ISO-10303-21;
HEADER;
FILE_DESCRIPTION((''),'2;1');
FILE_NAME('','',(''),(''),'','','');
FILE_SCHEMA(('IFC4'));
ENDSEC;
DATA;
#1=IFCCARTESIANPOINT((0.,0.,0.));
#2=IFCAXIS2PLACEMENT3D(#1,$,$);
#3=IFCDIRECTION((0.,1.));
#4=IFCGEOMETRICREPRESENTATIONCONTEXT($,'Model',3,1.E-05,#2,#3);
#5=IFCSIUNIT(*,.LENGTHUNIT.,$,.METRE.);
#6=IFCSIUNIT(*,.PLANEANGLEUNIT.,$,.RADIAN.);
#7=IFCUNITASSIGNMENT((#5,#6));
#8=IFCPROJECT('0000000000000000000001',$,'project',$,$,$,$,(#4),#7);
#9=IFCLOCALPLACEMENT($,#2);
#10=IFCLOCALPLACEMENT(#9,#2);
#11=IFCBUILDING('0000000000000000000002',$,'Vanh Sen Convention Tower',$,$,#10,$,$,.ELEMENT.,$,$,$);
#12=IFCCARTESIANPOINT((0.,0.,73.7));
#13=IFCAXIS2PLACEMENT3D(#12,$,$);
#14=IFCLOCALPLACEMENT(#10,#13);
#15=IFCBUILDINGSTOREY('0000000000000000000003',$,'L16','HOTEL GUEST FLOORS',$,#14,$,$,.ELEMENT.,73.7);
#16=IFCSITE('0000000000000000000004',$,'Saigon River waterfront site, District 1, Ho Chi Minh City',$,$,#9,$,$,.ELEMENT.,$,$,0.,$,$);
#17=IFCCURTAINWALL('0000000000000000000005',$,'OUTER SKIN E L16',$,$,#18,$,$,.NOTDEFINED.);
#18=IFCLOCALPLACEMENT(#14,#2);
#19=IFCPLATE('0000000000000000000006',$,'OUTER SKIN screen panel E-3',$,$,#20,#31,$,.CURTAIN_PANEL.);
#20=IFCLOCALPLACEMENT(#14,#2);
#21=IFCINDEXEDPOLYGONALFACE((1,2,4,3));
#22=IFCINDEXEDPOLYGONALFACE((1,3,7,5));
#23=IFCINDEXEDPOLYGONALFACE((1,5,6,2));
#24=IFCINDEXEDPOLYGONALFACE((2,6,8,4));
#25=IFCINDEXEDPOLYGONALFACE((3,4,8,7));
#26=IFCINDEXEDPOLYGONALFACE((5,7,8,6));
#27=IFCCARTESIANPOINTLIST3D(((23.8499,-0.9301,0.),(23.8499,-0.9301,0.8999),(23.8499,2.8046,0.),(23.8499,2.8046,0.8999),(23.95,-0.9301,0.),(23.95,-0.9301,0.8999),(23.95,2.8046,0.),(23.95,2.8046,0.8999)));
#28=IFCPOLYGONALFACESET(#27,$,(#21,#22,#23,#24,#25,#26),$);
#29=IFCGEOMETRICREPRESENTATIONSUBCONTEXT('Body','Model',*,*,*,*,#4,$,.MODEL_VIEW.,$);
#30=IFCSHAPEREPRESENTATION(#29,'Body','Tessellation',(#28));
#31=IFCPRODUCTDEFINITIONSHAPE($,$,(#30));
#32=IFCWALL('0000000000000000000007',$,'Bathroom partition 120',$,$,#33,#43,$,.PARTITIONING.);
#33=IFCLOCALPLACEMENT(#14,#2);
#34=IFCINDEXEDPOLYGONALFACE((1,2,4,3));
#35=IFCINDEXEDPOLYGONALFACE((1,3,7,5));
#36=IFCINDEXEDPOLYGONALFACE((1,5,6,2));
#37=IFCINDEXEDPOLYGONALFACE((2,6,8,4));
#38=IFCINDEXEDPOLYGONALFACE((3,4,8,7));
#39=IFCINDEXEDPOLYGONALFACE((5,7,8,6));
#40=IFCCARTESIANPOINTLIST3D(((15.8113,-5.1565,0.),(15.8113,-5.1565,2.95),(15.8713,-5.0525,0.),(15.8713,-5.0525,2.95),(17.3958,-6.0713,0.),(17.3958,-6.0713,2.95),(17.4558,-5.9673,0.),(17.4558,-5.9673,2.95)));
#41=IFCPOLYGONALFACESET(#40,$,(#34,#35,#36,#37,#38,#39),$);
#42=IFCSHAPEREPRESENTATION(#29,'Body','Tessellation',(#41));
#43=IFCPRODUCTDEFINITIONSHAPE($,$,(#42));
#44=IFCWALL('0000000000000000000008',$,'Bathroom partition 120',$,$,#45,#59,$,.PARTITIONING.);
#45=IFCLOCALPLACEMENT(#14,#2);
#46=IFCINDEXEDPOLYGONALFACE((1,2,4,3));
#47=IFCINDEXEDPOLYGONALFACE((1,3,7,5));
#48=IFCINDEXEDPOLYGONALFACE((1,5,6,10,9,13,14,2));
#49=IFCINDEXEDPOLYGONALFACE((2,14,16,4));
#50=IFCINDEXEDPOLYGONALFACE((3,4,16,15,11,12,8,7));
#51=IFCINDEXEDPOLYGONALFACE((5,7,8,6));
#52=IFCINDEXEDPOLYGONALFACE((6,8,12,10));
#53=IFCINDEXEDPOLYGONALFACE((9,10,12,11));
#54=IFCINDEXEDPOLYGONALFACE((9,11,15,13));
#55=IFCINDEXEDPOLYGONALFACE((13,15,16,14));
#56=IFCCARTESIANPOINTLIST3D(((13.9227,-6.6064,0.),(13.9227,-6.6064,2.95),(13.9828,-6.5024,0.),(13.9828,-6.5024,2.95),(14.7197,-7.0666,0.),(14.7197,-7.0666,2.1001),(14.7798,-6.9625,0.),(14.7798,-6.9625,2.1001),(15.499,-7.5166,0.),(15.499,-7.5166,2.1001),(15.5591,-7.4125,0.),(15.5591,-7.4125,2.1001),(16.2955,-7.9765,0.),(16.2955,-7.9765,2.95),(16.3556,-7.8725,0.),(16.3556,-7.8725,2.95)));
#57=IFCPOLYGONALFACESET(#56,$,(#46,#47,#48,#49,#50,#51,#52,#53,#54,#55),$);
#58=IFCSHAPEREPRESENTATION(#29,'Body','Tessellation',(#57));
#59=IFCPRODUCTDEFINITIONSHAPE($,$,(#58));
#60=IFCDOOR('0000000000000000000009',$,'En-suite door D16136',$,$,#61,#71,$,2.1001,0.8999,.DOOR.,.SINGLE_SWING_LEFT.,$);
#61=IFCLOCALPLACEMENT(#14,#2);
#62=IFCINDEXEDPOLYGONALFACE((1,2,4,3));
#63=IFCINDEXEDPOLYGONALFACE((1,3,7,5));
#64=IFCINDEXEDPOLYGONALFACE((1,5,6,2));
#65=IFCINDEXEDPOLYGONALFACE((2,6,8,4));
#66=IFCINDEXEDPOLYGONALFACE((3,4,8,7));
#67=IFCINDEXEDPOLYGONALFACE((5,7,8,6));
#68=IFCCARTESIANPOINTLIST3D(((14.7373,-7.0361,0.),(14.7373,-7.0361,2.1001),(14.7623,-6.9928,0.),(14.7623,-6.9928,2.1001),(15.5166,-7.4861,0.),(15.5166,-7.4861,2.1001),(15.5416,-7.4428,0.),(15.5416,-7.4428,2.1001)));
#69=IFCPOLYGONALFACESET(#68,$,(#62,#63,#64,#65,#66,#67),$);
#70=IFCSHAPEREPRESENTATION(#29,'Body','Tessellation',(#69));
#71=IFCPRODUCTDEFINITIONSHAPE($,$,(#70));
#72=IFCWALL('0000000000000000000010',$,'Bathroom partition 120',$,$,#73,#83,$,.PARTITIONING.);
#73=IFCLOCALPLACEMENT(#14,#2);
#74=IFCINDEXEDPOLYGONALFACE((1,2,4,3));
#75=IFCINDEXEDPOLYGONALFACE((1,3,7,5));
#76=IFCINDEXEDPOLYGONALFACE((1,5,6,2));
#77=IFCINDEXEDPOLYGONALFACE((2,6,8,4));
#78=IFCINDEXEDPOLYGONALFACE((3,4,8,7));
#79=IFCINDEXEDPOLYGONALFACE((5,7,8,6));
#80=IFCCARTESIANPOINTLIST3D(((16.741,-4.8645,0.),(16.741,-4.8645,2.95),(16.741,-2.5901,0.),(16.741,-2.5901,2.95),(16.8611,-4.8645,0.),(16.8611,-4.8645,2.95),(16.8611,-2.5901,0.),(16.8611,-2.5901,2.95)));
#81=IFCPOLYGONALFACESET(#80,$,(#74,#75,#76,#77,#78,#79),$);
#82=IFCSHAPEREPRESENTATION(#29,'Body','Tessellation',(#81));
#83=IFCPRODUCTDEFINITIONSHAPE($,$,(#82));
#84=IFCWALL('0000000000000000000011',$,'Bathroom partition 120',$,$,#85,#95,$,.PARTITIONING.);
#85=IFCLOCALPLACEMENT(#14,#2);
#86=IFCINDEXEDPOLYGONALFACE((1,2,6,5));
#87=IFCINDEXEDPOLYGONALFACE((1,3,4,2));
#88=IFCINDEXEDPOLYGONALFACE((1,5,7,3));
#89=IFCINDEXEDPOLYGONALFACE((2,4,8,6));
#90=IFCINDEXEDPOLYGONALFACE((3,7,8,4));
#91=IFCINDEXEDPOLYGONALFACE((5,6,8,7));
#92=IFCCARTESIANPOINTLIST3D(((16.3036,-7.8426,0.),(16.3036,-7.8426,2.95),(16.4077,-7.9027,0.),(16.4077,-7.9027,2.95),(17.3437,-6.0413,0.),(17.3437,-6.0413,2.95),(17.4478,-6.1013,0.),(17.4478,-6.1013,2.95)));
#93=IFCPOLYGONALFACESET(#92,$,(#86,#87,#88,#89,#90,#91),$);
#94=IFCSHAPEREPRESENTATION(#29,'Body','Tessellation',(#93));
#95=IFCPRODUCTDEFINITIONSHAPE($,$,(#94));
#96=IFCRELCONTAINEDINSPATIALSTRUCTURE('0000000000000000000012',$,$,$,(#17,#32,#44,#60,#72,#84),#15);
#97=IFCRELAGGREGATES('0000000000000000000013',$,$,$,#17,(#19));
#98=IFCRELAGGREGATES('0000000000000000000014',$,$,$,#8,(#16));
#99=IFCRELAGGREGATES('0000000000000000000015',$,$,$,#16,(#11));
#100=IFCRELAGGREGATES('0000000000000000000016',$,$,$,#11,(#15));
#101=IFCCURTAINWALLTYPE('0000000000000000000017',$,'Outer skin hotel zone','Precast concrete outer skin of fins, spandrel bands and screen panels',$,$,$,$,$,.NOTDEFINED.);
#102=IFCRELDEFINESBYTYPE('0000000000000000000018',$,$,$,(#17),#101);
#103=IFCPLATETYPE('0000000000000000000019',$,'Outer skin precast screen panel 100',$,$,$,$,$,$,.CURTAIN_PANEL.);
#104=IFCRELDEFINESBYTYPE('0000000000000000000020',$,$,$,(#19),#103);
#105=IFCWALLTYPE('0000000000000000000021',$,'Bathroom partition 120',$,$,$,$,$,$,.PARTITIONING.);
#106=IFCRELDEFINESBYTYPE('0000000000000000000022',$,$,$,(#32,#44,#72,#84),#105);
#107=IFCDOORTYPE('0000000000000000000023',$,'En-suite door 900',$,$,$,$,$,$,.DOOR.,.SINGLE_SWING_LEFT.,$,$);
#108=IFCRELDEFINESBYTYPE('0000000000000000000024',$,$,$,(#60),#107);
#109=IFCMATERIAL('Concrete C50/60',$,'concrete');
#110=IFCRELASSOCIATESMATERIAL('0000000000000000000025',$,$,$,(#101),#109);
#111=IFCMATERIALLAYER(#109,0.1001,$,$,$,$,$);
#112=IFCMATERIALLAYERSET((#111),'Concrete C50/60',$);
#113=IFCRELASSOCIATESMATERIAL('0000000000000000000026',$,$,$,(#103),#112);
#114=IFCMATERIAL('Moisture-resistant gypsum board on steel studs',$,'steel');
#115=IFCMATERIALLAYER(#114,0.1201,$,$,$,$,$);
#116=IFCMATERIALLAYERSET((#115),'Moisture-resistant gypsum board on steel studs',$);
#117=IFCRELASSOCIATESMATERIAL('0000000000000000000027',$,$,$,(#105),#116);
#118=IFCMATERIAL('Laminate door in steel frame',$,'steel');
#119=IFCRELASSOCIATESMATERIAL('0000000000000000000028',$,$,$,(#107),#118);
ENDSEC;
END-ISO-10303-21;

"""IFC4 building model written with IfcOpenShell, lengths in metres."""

from ifc_helpers import new_model, si_unit, direction, frame, frame_2d, origin, origin_2d, place, context, subcontext, project, spatial, rectangle, extrude, material, layer, layer_set, type_object, element, fill, aggregate, save


model = new_model("IFC4")

# Units and contexts
model_context = context("Model", 3, precision=1e-05, world=origin(), true_north=direction((0.0, 1.0)))
body_context = subcontext(model_context, "Body", "Model", "MODEL_VIEW")
ifc_project = project(units=[si_unit("LENGTHUNIT", "METRE"), si_unit("PLANEANGLEUNIT", "RADIAN")], contexts=[model_context])

# Site, building, storey
site_placement = place(None, origin())
site = spatial("IfcSite", under=ifc_project, at=site_placement, Name="Saigon River waterfront site, District 1, Ho Chi Minh City", CompositionType="ELEMENT", RefElevation=0.0)
building_placement = place(site_placement, origin())
building = spatial("IfcBuilding", under=site, at=building_placement, Name="Vanh Sen Convention Tower", CompositionType="ELEMENT")
storey_placement = place(building_placement, frame((0.0, 0.0, 73.7)))
storey = spatial("IfcBuildingStorey", under=building, at=storey_placement, Name="L16", Description="HOTEL GUEST FLOORS", CompositionType="ELEMENT", Elevation=73.7)

# Curtain wall
ifc_material_1 = material(Name="Concrete C50/60", Category="concrete")
curtain_wall_type = type_object("IfcCurtainWallType", Name="Outer skin hotel zone", Description="Precast concrete outer skin of fins, spandrel bands and screen panels", PredefinedType="NOTDEFINED", material=ifc_material_1)
curtain_wall_placement = place(storey_placement, origin())
curtain_wall = element("IfcCurtainWall", 1, at=curtain_wall_placement, inside=storey, type_object=curtain_wall_type, Name="OUTER SKIN E L16", PredefinedType="NOTDEFINED")

# Plate
ifc_layer_1 = layer(ifc_material_1, 0.1001)
ifc_layer_set_1 = layer_set([ifc_layer_1], Name="Concrete C50/60")
plate_type = type_object("IfcPlateType", Name="Outer skin precast screen panel 100", PredefinedType="CURTAIN_PANEL", material=ifc_layer_set_1)
plate_1_placement = place(storey_placement, frame((23.8999, 0.9373, 0.0), z_axis=(0.0, 0.0, 1.0), x_axis=(0.0, 1.0, 0.0)))
plate_1 = element("IfcPlate", 2, at=plate_1_placement, type_object=plate_type, Name="OUTER SKIN screen panel E-3", PredefinedType="CURTAIN_PANEL", context=body_context, shape_type="SweptSolid", body=[
    extrude(rectangle(XDim=3.7346, YDim=0.1001, at=origin_2d()), origin(), (0.0, 0.0, 1.0), 0.8999),
])
aggregate(curtain_wall, [plate_1])

# Wall
ifc_material_2 = material(Name="Moisture-resistant gypsum board on steel studs", Category="steel")
ifc_layer_2 = layer(ifc_material_2, 0.1201)
ifc_layer_set_2 = layer_set([ifc_layer_2], Name="Moisture-resistant gypsum board on steel studs")
wall_type_1 = type_object("IfcWallType", Name="Bathroom partition 120", PredefinedType="PARTITIONING", material=ifc_layer_set_2)
wall_1_placement = place(storey_placement, frame((15.8413, -5.1045, 0.0), z_axis=(0.0, 0.0, 1.0), x_axis=(0.866026, -0.5, 0.0)))
element("IfcWall", 3, at=wall_1_placement, inside=storey, type_object=wall_type_1, Name="Bathroom partition 120", PredefinedType="PARTITIONING", context=body_context, shape_type="SweptSolid", body=[
    extrude(rectangle(XDim=1.8296, YDim=0.1201, at=frame_2d((0.9148, 0.0))), origin(), (0.0, 0.0, 1.0), 2.95),
])

# Wall, opening, door
wall_2_placement = place(storey_placement, frame((16.3257, -7.9246, 0.0), z_axis=(0.0, 0.0, 1.0), x_axis=(-0.865997, 0.500049, 0.0)))
wall_2 = element("IfcWall", 4, at=wall_2_placement, inside=storey, type_object=wall_type_1, Name="Bathroom partition 120", PredefinedType="PARTITIONING", context=body_context, shape_type="SweptSolid", body=[
    extrude(rectangle(XDim=2.74, YDim=0.1201, at=frame_2d((1.3701, 0.0))), origin(), (0.0, 0.0, 1.0), 2.95),
])
opening_1_placement = place(wall_2_placement, frame((0.9199, 0.0, 0.0)))
opening_1 = element("IfcOpeningElement", 5, at=opening_1_placement, cuts=wall_2, PredefinedType="OPENING", context=body_context, shape_type="SweptSolid", body=[
    extrude(rectangle(XDim=0.8999, YDim=2.1001, at=frame_2d((0.45, 1.05))), frame((0.0, 0.0701, 0.0), z_axis=(0.0, -1.0, 0.0), x_axis=(1.0, 0.0, 0.0)), (0.0, 0.0, 1.0), 0.1401),
])
ifc_material_3 = material(Name="Laminate door in steel frame", Category="steel")
door_type = type_object("IfcDoorType", Name="En-suite door 900", OperationType="SINGLE_SWING_LEFT", PredefinedType="DOOR", material=ifc_material_3)
door_placement = place(opening_1_placement, origin())
door = element("IfcDoor", 6, at=door_placement, inside=storey, type_object=door_type, Name="En-suite door D16136", OperationType="SINGLE_SWING_LEFT", OverallHeight=2.1001, OverallWidth=0.8999, PredefinedType="DOOR", context=body_context, shape_type="SweptSolid", body=[
    extrude(rectangle(XDim=0.8999, YDim=2.1001, at=frame_2d((0.45, 1.05))), frame((0.0, 0.0249, 0.0), z_axis=(0.0, -1.0, 0.0), x_axis=(1.0, 0.0, 0.0)), (0.0, 0.0, 1.0), 0.05),
])
fill(opening_1, door)

# Walls
wall_3_placement = place(storey_placement, frame((16.801, -2.5901, 0.0), z_axis=(0.0, 0.0, 1.0), x_axis=(0.0, -1.0, 0.0)))
element("IfcWall", 7, at=wall_3_placement, inside=storey, type_object=wall_type_1, Name="Bathroom partition 120", PredefinedType="PARTITIONING", context=body_context, shape_type="SweptSolid", body=[
    extrude(rectangle(XDim=2.2744, YDim=0.1201, at=frame_2d((1.1372, 0.0))), origin(), (0.0, 0.0, 1.0), 2.95),
])
wall_4_placement = place(storey_placement, frame((17.3958, -6.0713, 0.0), z_axis=(0.0, 0.0, 1.0), x_axis=(-0.500027, -0.86601, 0.0)))
element("IfcWall", 8, at=wall_4_placement, inside=storey, type_object=wall_type_1, Name="Bathroom partition 120", PredefinedType="PARTITIONING", context=body_context, shape_type="SweptSolid", body=[
    extrude(rectangle(XDim=2.0801, YDim=0.1201, at=frame_2d((1.04, 0.0))), origin(), (0.0, 0.0, 1.0), 2.95),
])

save(model, "model.ifc")
